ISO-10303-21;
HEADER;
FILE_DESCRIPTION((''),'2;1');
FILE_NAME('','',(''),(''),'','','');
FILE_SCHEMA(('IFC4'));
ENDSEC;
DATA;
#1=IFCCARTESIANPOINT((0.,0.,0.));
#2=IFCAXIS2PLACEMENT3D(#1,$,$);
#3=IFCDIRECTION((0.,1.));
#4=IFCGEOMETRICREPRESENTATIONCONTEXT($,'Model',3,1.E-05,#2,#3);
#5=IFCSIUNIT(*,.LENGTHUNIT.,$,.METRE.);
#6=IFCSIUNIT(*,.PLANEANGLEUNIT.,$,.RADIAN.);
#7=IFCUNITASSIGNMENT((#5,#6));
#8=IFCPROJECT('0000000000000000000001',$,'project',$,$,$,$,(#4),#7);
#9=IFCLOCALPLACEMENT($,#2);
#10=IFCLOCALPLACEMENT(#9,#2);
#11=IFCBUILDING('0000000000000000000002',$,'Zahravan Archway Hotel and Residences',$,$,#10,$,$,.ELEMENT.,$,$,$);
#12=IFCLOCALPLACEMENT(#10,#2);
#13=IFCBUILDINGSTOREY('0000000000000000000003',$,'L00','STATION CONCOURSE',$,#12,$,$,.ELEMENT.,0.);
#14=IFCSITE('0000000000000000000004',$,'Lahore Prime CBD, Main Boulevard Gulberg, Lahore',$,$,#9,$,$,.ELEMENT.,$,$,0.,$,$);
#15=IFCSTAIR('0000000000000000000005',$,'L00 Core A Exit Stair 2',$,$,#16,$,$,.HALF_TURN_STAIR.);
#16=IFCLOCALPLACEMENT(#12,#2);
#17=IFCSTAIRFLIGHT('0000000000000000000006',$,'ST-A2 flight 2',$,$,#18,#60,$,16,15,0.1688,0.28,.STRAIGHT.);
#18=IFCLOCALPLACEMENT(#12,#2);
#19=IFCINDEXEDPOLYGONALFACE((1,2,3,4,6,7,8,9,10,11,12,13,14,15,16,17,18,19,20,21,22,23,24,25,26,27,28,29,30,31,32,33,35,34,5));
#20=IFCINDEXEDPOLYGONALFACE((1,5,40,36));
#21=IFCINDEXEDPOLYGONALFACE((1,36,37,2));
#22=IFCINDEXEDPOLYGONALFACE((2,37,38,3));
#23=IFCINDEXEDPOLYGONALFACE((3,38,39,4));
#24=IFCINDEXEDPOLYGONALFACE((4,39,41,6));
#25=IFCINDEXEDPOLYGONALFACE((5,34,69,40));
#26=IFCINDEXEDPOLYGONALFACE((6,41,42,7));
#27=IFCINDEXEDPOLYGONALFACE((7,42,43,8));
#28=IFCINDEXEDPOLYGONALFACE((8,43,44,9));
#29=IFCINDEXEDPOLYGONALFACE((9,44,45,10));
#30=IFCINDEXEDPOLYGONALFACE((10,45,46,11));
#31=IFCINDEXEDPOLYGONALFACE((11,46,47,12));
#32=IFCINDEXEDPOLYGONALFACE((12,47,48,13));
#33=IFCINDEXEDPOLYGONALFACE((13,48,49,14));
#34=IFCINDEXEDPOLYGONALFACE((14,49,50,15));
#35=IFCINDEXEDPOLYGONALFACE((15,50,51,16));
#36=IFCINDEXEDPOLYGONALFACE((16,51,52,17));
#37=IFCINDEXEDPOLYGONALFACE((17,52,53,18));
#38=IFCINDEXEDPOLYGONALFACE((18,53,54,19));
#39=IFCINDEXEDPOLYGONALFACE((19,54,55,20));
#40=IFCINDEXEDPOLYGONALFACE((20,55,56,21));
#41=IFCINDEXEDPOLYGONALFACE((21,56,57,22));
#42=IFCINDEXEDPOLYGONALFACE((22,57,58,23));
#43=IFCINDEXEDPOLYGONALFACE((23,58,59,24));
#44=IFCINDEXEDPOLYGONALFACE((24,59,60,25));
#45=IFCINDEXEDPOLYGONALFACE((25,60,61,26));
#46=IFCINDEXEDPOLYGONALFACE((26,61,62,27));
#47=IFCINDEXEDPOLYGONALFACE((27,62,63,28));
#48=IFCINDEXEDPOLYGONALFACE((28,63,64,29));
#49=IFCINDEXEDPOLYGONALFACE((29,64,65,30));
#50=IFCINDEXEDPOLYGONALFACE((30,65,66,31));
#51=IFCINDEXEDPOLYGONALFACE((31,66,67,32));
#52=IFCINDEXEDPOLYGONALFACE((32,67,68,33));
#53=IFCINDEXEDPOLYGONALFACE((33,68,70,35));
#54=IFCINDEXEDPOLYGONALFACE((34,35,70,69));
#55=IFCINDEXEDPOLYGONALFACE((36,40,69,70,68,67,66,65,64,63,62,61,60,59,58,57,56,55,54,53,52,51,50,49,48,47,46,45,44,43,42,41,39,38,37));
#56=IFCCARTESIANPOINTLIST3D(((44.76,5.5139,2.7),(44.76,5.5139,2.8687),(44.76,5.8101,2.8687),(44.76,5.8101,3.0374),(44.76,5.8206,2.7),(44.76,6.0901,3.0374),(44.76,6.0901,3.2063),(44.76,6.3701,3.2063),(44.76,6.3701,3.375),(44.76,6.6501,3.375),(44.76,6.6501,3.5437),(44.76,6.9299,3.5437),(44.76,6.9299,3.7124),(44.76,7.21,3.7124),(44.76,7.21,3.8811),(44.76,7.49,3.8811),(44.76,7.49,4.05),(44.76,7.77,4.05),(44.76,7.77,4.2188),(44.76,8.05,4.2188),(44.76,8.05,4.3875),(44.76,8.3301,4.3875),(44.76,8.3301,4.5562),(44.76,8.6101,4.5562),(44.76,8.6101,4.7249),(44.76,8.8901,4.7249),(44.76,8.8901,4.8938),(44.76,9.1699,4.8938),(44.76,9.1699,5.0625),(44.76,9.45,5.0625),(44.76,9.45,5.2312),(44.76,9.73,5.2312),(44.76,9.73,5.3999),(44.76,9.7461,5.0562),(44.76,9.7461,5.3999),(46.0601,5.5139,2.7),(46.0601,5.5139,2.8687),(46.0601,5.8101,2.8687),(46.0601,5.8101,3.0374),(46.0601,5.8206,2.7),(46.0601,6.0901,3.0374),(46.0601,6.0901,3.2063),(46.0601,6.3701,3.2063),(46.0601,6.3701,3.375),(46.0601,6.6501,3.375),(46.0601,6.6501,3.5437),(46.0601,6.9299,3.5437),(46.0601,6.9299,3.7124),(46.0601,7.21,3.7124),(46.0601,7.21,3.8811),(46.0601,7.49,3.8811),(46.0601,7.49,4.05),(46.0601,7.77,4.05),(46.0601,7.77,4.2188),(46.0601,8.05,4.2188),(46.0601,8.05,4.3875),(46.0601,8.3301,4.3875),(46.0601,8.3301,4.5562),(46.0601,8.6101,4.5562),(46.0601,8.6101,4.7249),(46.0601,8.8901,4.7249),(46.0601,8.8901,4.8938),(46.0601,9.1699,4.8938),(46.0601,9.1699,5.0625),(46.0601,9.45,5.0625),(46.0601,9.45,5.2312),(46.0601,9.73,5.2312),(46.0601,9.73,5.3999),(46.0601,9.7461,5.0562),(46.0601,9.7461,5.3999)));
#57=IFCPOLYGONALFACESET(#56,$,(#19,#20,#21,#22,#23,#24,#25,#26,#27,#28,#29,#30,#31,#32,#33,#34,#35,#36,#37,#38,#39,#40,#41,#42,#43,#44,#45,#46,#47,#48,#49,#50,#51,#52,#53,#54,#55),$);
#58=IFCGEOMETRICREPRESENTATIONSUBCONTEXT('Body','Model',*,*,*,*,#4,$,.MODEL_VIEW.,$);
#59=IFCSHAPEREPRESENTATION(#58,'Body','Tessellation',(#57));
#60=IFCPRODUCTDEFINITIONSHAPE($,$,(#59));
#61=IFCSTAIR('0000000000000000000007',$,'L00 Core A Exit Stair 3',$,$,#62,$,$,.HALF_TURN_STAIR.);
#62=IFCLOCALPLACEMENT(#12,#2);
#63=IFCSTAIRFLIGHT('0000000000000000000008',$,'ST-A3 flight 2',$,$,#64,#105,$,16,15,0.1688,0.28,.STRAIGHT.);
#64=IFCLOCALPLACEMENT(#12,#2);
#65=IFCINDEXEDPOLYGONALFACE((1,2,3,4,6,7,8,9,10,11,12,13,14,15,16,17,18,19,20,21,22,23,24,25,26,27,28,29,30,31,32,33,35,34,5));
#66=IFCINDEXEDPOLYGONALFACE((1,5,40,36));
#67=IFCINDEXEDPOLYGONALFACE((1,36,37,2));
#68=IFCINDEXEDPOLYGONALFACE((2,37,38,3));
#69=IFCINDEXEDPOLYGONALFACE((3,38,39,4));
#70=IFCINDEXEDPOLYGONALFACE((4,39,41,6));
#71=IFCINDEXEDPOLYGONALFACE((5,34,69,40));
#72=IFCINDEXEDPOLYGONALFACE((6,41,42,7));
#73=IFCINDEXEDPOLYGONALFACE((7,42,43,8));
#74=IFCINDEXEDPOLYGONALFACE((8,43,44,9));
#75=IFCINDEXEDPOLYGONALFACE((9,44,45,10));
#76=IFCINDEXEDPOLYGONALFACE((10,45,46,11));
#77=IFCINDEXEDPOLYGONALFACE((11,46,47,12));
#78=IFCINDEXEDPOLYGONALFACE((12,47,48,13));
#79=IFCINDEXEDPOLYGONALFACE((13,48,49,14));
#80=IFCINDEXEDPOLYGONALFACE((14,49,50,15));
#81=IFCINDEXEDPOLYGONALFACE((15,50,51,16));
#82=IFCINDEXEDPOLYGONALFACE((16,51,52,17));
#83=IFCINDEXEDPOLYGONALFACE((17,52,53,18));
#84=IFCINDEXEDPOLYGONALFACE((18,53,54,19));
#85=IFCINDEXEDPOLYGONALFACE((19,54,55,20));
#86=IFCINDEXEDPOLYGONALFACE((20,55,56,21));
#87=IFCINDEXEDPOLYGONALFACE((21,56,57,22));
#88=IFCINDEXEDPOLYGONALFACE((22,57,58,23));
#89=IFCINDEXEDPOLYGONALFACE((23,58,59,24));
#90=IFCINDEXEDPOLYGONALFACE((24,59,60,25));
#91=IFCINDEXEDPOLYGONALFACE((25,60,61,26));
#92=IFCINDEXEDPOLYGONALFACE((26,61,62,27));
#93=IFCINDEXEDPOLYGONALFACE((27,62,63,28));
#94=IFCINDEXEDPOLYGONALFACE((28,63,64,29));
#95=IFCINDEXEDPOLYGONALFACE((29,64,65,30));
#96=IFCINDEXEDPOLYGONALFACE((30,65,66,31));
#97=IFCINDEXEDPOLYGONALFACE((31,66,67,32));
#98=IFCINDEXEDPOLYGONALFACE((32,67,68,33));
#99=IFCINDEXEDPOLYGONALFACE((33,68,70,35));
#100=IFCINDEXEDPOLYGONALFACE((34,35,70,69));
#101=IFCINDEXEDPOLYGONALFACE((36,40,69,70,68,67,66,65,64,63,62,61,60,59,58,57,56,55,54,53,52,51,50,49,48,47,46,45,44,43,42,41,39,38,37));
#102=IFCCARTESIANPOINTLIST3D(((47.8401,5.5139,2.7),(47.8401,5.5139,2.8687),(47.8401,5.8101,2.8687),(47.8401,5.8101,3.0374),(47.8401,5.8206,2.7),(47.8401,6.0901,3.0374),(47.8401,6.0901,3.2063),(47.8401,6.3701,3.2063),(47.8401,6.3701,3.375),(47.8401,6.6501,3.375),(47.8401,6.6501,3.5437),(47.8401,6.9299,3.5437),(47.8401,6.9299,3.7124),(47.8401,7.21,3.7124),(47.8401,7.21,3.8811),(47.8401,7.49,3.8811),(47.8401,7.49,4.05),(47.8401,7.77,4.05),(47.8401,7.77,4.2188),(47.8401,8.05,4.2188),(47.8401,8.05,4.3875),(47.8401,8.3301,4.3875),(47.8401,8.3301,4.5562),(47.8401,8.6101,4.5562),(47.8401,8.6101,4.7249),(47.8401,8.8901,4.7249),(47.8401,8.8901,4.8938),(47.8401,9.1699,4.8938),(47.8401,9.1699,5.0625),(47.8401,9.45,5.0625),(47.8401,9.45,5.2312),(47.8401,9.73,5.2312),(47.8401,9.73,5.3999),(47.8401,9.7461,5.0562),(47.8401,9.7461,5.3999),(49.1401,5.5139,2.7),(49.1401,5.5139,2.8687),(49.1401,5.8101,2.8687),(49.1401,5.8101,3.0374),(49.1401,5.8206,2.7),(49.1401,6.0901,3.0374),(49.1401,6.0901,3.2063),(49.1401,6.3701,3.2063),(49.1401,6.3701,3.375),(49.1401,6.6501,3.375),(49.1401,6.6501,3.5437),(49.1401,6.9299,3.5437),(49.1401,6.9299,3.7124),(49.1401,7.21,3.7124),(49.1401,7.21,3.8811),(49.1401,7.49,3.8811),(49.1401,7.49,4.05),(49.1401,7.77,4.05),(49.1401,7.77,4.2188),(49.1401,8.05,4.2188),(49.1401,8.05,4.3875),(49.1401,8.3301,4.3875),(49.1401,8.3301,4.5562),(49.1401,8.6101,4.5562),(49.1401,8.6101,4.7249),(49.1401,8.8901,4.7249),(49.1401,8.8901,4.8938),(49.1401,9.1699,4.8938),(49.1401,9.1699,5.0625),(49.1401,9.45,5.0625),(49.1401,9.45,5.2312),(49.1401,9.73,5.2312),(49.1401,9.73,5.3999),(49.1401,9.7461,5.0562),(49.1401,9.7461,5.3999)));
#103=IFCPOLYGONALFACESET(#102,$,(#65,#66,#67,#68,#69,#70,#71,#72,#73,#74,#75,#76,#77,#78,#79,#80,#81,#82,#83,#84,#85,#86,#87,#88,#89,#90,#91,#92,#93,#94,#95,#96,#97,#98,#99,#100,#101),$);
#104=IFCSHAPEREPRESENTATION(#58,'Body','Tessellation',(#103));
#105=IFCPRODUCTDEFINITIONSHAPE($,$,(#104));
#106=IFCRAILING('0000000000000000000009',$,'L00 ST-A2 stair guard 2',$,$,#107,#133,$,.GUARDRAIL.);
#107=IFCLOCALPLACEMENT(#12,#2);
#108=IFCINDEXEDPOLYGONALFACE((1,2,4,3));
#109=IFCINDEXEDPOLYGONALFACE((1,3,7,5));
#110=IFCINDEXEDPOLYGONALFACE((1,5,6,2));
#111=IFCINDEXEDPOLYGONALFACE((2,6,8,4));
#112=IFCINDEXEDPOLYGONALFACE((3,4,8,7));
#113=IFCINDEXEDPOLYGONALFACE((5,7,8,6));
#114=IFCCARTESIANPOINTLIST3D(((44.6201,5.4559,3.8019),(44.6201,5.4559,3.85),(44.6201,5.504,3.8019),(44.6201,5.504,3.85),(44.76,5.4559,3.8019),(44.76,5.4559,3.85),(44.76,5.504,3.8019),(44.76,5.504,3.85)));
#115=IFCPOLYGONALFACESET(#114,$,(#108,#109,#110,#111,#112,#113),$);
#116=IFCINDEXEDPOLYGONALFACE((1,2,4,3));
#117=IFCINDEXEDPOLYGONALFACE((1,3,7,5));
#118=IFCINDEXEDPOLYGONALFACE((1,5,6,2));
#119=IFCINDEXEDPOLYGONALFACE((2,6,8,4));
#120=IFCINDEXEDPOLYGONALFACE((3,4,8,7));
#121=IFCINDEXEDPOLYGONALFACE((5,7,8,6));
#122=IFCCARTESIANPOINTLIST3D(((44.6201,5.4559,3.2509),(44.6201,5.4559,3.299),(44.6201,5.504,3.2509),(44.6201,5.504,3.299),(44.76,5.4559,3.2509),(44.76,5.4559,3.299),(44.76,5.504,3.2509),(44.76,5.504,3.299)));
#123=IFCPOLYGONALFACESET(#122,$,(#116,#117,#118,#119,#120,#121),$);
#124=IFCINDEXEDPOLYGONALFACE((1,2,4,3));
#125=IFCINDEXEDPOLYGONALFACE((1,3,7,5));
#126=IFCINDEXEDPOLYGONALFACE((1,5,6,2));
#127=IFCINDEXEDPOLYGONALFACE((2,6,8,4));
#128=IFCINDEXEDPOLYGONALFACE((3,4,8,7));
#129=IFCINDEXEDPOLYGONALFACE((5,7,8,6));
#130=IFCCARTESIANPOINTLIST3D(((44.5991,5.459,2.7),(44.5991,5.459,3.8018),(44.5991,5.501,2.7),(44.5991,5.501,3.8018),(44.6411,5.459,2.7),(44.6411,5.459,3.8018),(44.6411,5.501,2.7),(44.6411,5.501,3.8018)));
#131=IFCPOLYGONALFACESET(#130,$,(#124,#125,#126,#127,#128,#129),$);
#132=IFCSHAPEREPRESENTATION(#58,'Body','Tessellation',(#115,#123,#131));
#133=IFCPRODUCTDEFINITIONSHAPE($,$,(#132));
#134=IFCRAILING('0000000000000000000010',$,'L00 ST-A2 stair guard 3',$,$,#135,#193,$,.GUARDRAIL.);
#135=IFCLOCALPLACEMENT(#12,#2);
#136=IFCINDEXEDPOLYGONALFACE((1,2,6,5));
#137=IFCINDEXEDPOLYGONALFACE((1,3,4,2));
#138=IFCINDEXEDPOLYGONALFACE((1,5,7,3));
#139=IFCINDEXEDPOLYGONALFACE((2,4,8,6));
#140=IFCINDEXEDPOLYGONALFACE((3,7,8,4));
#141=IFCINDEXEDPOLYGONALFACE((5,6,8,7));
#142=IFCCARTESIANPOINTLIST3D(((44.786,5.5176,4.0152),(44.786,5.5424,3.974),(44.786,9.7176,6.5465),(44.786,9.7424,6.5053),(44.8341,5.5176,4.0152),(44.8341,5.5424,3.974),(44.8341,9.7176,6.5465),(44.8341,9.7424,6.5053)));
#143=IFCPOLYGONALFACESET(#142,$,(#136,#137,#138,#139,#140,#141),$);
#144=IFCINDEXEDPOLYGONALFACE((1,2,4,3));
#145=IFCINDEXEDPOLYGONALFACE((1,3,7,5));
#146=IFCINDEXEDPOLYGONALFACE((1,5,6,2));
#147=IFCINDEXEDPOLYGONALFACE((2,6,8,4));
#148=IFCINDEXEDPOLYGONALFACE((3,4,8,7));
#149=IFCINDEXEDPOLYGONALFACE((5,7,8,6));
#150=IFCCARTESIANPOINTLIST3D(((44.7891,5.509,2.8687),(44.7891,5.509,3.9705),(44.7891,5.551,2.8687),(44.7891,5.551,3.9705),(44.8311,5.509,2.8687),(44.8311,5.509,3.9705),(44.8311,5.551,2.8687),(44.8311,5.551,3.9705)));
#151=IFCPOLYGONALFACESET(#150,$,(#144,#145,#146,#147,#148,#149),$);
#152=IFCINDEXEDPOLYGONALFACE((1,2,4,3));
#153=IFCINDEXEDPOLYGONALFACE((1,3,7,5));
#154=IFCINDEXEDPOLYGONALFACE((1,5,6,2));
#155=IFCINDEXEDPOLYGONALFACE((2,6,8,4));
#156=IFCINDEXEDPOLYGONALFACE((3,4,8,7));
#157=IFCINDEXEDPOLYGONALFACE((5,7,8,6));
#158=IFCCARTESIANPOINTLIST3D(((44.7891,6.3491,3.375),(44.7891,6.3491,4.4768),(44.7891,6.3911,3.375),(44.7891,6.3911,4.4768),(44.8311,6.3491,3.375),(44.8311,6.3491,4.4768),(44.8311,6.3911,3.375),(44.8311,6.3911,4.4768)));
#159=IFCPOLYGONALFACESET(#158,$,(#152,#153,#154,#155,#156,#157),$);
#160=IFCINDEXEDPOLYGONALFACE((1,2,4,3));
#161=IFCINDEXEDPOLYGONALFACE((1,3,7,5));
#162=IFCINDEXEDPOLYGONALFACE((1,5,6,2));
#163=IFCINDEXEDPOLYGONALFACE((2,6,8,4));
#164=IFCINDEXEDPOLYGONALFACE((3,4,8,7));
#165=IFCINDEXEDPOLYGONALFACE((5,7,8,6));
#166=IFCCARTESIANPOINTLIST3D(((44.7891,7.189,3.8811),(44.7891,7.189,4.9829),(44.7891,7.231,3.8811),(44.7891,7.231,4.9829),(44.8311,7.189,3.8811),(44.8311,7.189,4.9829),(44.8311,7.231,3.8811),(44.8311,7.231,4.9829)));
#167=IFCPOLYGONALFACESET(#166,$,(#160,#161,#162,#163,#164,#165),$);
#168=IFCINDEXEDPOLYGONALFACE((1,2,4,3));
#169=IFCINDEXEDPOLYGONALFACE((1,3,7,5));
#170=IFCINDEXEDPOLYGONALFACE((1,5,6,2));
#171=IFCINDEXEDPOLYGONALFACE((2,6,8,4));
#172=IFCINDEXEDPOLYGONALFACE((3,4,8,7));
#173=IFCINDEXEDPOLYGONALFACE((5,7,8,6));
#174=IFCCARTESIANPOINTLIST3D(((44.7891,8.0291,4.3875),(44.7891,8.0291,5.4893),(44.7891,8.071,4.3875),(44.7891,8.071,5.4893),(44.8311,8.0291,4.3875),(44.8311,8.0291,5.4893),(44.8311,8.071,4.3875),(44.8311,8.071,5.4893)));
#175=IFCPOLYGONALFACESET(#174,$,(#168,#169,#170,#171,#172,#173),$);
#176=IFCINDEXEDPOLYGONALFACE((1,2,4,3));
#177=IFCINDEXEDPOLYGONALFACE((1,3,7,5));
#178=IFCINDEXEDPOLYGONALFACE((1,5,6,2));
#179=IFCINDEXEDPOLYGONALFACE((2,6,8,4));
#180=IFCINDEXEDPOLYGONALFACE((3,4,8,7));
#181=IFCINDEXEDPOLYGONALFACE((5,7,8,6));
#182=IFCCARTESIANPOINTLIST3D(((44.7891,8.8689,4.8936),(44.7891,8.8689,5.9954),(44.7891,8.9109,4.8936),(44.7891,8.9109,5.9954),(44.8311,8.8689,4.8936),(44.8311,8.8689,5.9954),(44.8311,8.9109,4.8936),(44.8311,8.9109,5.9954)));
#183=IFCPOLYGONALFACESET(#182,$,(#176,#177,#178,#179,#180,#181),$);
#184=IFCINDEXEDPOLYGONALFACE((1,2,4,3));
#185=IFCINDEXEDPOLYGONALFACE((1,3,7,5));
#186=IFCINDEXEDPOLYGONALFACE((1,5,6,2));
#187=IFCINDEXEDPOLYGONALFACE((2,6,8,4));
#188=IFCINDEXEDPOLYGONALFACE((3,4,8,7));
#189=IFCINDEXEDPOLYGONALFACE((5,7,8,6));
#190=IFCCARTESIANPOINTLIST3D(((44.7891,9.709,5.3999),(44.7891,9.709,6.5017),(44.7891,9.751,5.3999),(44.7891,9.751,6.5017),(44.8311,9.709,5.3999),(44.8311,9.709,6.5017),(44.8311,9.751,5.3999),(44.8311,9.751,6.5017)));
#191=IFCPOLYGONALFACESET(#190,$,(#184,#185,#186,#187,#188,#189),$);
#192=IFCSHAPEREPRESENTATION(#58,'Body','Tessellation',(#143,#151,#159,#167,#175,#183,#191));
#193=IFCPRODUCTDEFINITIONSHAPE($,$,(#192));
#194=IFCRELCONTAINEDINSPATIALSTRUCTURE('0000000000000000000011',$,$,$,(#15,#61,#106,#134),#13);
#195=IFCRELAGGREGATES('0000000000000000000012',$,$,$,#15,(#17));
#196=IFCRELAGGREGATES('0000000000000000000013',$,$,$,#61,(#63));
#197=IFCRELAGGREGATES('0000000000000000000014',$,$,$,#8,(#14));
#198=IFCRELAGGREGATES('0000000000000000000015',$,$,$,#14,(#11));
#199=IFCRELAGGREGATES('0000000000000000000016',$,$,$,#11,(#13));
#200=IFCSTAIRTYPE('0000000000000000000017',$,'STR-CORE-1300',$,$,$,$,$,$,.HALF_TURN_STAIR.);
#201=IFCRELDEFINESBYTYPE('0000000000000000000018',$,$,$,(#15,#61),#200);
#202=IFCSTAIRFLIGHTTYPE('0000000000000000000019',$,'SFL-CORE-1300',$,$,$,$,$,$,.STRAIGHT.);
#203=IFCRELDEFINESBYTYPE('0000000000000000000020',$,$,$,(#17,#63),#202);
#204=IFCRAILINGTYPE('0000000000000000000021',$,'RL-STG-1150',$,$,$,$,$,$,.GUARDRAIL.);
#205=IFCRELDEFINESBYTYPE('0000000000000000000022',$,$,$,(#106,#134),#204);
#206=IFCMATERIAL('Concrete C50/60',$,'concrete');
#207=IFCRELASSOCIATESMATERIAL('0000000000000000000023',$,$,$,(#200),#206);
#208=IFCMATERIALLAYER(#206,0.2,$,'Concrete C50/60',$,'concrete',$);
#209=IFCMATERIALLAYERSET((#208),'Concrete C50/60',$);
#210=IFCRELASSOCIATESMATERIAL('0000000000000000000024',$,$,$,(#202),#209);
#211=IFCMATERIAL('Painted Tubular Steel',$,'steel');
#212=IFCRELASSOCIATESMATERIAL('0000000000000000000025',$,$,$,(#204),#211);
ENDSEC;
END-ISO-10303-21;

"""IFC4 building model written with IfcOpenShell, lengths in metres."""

from ifc_helpers import new_model, si_unit, direction, frame, origin, origin_2d, place, context, subcontext, project, spatial, polyline, rectangle, outline, extrude, source, transform, mapped, material, layer, layer_set, type_object, element, aggregate, save


model = new_model("IFC4")

# Units and contexts
model_context = context("Model", 3, precision=1e-05, world=origin(), true_north=direction((0.0, 1.0)))
body_context = subcontext(model_context, "Body", "Model", "MODEL_VIEW")
ifc_project = project(units=[si_unit("LENGTHUNIT", "METRE"), si_unit("PLANEANGLEUNIT", "RADIAN")], contexts=[model_context])

# Site, building, storey
site_placement = place(None, origin())
site = spatial("IfcSite", under=ifc_project, at=site_placement, Name="Lahore Prime CBD, Main Boulevard Gulberg, Lahore", CompositionType="ELEMENT", RefElevation=0.0)
building_placement = place(site_placement, origin())
building = spatial("IfcBuilding", under=site, at=building_placement, Name="Zahravan Archway Hotel and Residences", CompositionType="ELEMENT")
storey_placement = place(building_placement, origin())
storey = spatial("IfcBuildingStorey", under=building, at=storey_placement, Name="L00", Description="STATION CONCOURSE", CompositionType="ELEMENT", Elevation=0.0)

# Shared definitions
ifc_material_1 = material(Name="Concrete C50/60", Category="concrete")

# Stairs, stair flights
stair_type = type_object("IfcStairType", Name="STR-CORE-1300", PredefinedType="HALF_TURN_STAIR", material=ifc_material_1)
stair_1_placement = place(storey_placement, origin())
stair_1 = element("IfcStair", 1, at=stair_1_placement, inside=storey, type_object=stair_type, Name="L00 Core A Exit Stair 2", PredefinedType="HALF_TURN_STAIR")
ifc_layer_1 = layer(ifc_material_1, 0.2, Name="Concrete C50/60", Category="concrete")
ifc_layer_set_1 = layer_set([ifc_layer_1], Name="Concrete C50/60")
stair_flight_type = type_object("IfcStairFlightType", Name="SFL-CORE-1300", PredefinedType="STRAIGHT", material=ifc_layer_set_1)
shared_shape_1 = source(origin(), body_context, "Body", "SweptSolid", [
    extrude(outline(polyline([(-0.0161, 0.0), (-0.0161, 0.1687), (0.28, 0.1687), (0.28, 0.3374), (0.5601, 0.3374), (0.5601, 0.5063), (0.8401, 0.5063), (0.8401, 0.675), (1.1201, 0.675), (1.1201, 0.8438), (1.3999, 0.8438), (1.3999, 1.0125), (1.6799, 1.0125), (1.6799, 1.1812), (1.96, 1.1812), (1.96, 1.3501), (2.24, 1.3501), (2.24, 1.5188), (2.52, 1.5188), (2.52, 1.6875), (2.8, 1.6875), (2.8, 1.8562), (3.0801, 1.8562), (3.0801, 2.0249), (3.3601, 2.0249), (3.3601, 2.1938), (3.6399, 2.1938), (3.6399, 2.3625), (3.9199, 2.3625), (3.9199, 2.5312), (4.2, 2.5312), (4.2, 2.7), (4.2161, 2.7), (4.2161, 2.3562), (0.2905, 0.0), (-0.0161, 0.0)])), frame((0.0, 0.6499, 0.0), z_axis=(0.0, -1.0, 0.0), x_axis=(1.0, 0.0, 0.0)), (0.0, 0.0, 1.0), 1.3),
])
stair_flight_1_placement = place(storey_placement, frame((45.4099, 5.53, 2.7), z_axis=(0.0, 0.0, 1.0), x_axis=(0.0, 1.0, 0.0)))
stair_flight_1 = element("IfcStairFlight", 2, at=stair_flight_1_placement, type_object=stair_flight_type, Name="ST-A2 flight 2", NumberOfRisers=16, NumberOfTreads=15, PredefinedType="STRAIGHT", RiserHeight=0.1688, TreadLength=0.28, context=body_context, shape_type="MappedRepresentation", body=[
    mapped(shared_shape_1, transform((0.0, 0.0, 0.0), scale=1.0)),
])
aggregate(stair_1, [stair_flight_1])
stair_2_placement = place(storey_placement, origin())
stair_2 = element("IfcStair", 3, at=stair_2_placement, inside=storey, type_object=stair_type, Name="L00 Core A Exit Stair 3", PredefinedType="HALF_TURN_STAIR")
stair_flight_2_placement = place(storey_placement, frame((48.49, 5.53, 2.7), z_axis=(0.0, 0.0, 1.0), x_axis=(0.0, 1.0, 0.0)))
stair_flight_2 = element("IfcStairFlight", 4, at=stair_flight_2_placement, type_object=stair_flight_type, Name="ST-A3 flight 2", NumberOfRisers=16, NumberOfTreads=15, PredefinedType="STRAIGHT", RiserHeight=0.1688, TreadLength=0.28, context=body_context, shape_type="MappedRepresentation", body=[
    mapped(shared_shape_1, transform((0.0, 0.0, 0.0), scale=1.0)),
])
aggregate(stair_2, [stair_flight_2])

# Railings
ifc_material_2 = material(Name="Painted Tubular Steel", Category="steel")
railing_type_1 = type_object("IfcRailingType", Name="RL-STG-1150", PredefinedType="GUARDRAIL", material=ifc_material_2)
railing_1_placement = place(storey_placement, frame((44.6201, 5.48, 2.7)))
element("IfcRailing", 5, at=railing_1_placement, inside=storey, type_object=railing_type_1, Name="L00 ST-A2 stair guard 2", PredefinedType="GUARDRAIL", context=body_context, shape_type="SweptSolid", body=[
    extrude(rectangle(XDim=0.0481, YDim=0.0481, at=origin_2d()), frame((0.0, 0.0, 1.126), z_axis=(1.0, 0.0, 0.0), x_axis=(0.0, 1.0, 0.0)), (0.0, 0.0, 1.0), 0.1399),
    extrude(rectangle(XDim=0.0481, YDim=0.0481, at=origin_2d()), frame((0.0, 0.0, 0.575), z_axis=(1.0, 0.0, 0.0), x_axis=(0.0, 1.0, 0.0)), (0.0, 0.0, 1.0), 0.1399),
    extrude(rectangle(XDim=0.042, YDim=0.042, at=origin_2d()), origin(), (0.0, 0.0, 1.0), 1.1018),
])
railing_2_placement = place(storey_placement, frame((44.8101, 5.53, 2.8687)))
element("IfcRailing", 6, at=railing_2_placement, inside=storey, type_object=railing_type_1, Name="L00 ST-A2 stair guard 3", PredefinedType="GUARDRAIL", context=body_context, shape_type="SweptSolid", body=[
    extrude(rectangle(XDim=0.0481, YDim=0.0481, at=origin_2d()), frame((0.0, 0.0, 1.126), z_axis=(0.0, 0.856476, 0.516186), x_axis=(-1.0, 0.0, 0.0)), (0.0, 0.0, 1.0), 4.9038),
    extrude(rectangle(XDim=0.042, YDim=0.042, at=origin_2d()), origin(), (0.0, 0.0, 1.0), 1.1018),
    extrude(rectangle(XDim=0.042, YDim=0.042, at=origin_2d()), frame((0.0, 0.8401, 0.5063)), (0.0, 0.0, 1.0), 1.1018),
    extrude(rectangle(XDim=0.042, YDim=0.042, at=origin_2d()), frame((0.0, 1.6799, 1.0125)), (0.0, 0.0, 1.0), 1.1018),
    extrude(rectangle(XDim=0.042, YDim=0.042, at=origin_2d()), frame((0.0, 2.52, 1.5188)), (0.0, 0.0, 1.0), 1.1018),
    extrude(rectangle(XDim=0.042, YDim=0.042, at=origin_2d()), frame((0.0, 3.3599, 2.0249)), (0.0, 0.0, 1.0), 1.1018),
    extrude(rectangle(XDim=0.042, YDim=0.042, at=origin_2d()), frame((0.0, 4.2, 2.5312)), (0.0, 0.0, 1.0), 1.1018),
])

save(model, "model.ifc")
